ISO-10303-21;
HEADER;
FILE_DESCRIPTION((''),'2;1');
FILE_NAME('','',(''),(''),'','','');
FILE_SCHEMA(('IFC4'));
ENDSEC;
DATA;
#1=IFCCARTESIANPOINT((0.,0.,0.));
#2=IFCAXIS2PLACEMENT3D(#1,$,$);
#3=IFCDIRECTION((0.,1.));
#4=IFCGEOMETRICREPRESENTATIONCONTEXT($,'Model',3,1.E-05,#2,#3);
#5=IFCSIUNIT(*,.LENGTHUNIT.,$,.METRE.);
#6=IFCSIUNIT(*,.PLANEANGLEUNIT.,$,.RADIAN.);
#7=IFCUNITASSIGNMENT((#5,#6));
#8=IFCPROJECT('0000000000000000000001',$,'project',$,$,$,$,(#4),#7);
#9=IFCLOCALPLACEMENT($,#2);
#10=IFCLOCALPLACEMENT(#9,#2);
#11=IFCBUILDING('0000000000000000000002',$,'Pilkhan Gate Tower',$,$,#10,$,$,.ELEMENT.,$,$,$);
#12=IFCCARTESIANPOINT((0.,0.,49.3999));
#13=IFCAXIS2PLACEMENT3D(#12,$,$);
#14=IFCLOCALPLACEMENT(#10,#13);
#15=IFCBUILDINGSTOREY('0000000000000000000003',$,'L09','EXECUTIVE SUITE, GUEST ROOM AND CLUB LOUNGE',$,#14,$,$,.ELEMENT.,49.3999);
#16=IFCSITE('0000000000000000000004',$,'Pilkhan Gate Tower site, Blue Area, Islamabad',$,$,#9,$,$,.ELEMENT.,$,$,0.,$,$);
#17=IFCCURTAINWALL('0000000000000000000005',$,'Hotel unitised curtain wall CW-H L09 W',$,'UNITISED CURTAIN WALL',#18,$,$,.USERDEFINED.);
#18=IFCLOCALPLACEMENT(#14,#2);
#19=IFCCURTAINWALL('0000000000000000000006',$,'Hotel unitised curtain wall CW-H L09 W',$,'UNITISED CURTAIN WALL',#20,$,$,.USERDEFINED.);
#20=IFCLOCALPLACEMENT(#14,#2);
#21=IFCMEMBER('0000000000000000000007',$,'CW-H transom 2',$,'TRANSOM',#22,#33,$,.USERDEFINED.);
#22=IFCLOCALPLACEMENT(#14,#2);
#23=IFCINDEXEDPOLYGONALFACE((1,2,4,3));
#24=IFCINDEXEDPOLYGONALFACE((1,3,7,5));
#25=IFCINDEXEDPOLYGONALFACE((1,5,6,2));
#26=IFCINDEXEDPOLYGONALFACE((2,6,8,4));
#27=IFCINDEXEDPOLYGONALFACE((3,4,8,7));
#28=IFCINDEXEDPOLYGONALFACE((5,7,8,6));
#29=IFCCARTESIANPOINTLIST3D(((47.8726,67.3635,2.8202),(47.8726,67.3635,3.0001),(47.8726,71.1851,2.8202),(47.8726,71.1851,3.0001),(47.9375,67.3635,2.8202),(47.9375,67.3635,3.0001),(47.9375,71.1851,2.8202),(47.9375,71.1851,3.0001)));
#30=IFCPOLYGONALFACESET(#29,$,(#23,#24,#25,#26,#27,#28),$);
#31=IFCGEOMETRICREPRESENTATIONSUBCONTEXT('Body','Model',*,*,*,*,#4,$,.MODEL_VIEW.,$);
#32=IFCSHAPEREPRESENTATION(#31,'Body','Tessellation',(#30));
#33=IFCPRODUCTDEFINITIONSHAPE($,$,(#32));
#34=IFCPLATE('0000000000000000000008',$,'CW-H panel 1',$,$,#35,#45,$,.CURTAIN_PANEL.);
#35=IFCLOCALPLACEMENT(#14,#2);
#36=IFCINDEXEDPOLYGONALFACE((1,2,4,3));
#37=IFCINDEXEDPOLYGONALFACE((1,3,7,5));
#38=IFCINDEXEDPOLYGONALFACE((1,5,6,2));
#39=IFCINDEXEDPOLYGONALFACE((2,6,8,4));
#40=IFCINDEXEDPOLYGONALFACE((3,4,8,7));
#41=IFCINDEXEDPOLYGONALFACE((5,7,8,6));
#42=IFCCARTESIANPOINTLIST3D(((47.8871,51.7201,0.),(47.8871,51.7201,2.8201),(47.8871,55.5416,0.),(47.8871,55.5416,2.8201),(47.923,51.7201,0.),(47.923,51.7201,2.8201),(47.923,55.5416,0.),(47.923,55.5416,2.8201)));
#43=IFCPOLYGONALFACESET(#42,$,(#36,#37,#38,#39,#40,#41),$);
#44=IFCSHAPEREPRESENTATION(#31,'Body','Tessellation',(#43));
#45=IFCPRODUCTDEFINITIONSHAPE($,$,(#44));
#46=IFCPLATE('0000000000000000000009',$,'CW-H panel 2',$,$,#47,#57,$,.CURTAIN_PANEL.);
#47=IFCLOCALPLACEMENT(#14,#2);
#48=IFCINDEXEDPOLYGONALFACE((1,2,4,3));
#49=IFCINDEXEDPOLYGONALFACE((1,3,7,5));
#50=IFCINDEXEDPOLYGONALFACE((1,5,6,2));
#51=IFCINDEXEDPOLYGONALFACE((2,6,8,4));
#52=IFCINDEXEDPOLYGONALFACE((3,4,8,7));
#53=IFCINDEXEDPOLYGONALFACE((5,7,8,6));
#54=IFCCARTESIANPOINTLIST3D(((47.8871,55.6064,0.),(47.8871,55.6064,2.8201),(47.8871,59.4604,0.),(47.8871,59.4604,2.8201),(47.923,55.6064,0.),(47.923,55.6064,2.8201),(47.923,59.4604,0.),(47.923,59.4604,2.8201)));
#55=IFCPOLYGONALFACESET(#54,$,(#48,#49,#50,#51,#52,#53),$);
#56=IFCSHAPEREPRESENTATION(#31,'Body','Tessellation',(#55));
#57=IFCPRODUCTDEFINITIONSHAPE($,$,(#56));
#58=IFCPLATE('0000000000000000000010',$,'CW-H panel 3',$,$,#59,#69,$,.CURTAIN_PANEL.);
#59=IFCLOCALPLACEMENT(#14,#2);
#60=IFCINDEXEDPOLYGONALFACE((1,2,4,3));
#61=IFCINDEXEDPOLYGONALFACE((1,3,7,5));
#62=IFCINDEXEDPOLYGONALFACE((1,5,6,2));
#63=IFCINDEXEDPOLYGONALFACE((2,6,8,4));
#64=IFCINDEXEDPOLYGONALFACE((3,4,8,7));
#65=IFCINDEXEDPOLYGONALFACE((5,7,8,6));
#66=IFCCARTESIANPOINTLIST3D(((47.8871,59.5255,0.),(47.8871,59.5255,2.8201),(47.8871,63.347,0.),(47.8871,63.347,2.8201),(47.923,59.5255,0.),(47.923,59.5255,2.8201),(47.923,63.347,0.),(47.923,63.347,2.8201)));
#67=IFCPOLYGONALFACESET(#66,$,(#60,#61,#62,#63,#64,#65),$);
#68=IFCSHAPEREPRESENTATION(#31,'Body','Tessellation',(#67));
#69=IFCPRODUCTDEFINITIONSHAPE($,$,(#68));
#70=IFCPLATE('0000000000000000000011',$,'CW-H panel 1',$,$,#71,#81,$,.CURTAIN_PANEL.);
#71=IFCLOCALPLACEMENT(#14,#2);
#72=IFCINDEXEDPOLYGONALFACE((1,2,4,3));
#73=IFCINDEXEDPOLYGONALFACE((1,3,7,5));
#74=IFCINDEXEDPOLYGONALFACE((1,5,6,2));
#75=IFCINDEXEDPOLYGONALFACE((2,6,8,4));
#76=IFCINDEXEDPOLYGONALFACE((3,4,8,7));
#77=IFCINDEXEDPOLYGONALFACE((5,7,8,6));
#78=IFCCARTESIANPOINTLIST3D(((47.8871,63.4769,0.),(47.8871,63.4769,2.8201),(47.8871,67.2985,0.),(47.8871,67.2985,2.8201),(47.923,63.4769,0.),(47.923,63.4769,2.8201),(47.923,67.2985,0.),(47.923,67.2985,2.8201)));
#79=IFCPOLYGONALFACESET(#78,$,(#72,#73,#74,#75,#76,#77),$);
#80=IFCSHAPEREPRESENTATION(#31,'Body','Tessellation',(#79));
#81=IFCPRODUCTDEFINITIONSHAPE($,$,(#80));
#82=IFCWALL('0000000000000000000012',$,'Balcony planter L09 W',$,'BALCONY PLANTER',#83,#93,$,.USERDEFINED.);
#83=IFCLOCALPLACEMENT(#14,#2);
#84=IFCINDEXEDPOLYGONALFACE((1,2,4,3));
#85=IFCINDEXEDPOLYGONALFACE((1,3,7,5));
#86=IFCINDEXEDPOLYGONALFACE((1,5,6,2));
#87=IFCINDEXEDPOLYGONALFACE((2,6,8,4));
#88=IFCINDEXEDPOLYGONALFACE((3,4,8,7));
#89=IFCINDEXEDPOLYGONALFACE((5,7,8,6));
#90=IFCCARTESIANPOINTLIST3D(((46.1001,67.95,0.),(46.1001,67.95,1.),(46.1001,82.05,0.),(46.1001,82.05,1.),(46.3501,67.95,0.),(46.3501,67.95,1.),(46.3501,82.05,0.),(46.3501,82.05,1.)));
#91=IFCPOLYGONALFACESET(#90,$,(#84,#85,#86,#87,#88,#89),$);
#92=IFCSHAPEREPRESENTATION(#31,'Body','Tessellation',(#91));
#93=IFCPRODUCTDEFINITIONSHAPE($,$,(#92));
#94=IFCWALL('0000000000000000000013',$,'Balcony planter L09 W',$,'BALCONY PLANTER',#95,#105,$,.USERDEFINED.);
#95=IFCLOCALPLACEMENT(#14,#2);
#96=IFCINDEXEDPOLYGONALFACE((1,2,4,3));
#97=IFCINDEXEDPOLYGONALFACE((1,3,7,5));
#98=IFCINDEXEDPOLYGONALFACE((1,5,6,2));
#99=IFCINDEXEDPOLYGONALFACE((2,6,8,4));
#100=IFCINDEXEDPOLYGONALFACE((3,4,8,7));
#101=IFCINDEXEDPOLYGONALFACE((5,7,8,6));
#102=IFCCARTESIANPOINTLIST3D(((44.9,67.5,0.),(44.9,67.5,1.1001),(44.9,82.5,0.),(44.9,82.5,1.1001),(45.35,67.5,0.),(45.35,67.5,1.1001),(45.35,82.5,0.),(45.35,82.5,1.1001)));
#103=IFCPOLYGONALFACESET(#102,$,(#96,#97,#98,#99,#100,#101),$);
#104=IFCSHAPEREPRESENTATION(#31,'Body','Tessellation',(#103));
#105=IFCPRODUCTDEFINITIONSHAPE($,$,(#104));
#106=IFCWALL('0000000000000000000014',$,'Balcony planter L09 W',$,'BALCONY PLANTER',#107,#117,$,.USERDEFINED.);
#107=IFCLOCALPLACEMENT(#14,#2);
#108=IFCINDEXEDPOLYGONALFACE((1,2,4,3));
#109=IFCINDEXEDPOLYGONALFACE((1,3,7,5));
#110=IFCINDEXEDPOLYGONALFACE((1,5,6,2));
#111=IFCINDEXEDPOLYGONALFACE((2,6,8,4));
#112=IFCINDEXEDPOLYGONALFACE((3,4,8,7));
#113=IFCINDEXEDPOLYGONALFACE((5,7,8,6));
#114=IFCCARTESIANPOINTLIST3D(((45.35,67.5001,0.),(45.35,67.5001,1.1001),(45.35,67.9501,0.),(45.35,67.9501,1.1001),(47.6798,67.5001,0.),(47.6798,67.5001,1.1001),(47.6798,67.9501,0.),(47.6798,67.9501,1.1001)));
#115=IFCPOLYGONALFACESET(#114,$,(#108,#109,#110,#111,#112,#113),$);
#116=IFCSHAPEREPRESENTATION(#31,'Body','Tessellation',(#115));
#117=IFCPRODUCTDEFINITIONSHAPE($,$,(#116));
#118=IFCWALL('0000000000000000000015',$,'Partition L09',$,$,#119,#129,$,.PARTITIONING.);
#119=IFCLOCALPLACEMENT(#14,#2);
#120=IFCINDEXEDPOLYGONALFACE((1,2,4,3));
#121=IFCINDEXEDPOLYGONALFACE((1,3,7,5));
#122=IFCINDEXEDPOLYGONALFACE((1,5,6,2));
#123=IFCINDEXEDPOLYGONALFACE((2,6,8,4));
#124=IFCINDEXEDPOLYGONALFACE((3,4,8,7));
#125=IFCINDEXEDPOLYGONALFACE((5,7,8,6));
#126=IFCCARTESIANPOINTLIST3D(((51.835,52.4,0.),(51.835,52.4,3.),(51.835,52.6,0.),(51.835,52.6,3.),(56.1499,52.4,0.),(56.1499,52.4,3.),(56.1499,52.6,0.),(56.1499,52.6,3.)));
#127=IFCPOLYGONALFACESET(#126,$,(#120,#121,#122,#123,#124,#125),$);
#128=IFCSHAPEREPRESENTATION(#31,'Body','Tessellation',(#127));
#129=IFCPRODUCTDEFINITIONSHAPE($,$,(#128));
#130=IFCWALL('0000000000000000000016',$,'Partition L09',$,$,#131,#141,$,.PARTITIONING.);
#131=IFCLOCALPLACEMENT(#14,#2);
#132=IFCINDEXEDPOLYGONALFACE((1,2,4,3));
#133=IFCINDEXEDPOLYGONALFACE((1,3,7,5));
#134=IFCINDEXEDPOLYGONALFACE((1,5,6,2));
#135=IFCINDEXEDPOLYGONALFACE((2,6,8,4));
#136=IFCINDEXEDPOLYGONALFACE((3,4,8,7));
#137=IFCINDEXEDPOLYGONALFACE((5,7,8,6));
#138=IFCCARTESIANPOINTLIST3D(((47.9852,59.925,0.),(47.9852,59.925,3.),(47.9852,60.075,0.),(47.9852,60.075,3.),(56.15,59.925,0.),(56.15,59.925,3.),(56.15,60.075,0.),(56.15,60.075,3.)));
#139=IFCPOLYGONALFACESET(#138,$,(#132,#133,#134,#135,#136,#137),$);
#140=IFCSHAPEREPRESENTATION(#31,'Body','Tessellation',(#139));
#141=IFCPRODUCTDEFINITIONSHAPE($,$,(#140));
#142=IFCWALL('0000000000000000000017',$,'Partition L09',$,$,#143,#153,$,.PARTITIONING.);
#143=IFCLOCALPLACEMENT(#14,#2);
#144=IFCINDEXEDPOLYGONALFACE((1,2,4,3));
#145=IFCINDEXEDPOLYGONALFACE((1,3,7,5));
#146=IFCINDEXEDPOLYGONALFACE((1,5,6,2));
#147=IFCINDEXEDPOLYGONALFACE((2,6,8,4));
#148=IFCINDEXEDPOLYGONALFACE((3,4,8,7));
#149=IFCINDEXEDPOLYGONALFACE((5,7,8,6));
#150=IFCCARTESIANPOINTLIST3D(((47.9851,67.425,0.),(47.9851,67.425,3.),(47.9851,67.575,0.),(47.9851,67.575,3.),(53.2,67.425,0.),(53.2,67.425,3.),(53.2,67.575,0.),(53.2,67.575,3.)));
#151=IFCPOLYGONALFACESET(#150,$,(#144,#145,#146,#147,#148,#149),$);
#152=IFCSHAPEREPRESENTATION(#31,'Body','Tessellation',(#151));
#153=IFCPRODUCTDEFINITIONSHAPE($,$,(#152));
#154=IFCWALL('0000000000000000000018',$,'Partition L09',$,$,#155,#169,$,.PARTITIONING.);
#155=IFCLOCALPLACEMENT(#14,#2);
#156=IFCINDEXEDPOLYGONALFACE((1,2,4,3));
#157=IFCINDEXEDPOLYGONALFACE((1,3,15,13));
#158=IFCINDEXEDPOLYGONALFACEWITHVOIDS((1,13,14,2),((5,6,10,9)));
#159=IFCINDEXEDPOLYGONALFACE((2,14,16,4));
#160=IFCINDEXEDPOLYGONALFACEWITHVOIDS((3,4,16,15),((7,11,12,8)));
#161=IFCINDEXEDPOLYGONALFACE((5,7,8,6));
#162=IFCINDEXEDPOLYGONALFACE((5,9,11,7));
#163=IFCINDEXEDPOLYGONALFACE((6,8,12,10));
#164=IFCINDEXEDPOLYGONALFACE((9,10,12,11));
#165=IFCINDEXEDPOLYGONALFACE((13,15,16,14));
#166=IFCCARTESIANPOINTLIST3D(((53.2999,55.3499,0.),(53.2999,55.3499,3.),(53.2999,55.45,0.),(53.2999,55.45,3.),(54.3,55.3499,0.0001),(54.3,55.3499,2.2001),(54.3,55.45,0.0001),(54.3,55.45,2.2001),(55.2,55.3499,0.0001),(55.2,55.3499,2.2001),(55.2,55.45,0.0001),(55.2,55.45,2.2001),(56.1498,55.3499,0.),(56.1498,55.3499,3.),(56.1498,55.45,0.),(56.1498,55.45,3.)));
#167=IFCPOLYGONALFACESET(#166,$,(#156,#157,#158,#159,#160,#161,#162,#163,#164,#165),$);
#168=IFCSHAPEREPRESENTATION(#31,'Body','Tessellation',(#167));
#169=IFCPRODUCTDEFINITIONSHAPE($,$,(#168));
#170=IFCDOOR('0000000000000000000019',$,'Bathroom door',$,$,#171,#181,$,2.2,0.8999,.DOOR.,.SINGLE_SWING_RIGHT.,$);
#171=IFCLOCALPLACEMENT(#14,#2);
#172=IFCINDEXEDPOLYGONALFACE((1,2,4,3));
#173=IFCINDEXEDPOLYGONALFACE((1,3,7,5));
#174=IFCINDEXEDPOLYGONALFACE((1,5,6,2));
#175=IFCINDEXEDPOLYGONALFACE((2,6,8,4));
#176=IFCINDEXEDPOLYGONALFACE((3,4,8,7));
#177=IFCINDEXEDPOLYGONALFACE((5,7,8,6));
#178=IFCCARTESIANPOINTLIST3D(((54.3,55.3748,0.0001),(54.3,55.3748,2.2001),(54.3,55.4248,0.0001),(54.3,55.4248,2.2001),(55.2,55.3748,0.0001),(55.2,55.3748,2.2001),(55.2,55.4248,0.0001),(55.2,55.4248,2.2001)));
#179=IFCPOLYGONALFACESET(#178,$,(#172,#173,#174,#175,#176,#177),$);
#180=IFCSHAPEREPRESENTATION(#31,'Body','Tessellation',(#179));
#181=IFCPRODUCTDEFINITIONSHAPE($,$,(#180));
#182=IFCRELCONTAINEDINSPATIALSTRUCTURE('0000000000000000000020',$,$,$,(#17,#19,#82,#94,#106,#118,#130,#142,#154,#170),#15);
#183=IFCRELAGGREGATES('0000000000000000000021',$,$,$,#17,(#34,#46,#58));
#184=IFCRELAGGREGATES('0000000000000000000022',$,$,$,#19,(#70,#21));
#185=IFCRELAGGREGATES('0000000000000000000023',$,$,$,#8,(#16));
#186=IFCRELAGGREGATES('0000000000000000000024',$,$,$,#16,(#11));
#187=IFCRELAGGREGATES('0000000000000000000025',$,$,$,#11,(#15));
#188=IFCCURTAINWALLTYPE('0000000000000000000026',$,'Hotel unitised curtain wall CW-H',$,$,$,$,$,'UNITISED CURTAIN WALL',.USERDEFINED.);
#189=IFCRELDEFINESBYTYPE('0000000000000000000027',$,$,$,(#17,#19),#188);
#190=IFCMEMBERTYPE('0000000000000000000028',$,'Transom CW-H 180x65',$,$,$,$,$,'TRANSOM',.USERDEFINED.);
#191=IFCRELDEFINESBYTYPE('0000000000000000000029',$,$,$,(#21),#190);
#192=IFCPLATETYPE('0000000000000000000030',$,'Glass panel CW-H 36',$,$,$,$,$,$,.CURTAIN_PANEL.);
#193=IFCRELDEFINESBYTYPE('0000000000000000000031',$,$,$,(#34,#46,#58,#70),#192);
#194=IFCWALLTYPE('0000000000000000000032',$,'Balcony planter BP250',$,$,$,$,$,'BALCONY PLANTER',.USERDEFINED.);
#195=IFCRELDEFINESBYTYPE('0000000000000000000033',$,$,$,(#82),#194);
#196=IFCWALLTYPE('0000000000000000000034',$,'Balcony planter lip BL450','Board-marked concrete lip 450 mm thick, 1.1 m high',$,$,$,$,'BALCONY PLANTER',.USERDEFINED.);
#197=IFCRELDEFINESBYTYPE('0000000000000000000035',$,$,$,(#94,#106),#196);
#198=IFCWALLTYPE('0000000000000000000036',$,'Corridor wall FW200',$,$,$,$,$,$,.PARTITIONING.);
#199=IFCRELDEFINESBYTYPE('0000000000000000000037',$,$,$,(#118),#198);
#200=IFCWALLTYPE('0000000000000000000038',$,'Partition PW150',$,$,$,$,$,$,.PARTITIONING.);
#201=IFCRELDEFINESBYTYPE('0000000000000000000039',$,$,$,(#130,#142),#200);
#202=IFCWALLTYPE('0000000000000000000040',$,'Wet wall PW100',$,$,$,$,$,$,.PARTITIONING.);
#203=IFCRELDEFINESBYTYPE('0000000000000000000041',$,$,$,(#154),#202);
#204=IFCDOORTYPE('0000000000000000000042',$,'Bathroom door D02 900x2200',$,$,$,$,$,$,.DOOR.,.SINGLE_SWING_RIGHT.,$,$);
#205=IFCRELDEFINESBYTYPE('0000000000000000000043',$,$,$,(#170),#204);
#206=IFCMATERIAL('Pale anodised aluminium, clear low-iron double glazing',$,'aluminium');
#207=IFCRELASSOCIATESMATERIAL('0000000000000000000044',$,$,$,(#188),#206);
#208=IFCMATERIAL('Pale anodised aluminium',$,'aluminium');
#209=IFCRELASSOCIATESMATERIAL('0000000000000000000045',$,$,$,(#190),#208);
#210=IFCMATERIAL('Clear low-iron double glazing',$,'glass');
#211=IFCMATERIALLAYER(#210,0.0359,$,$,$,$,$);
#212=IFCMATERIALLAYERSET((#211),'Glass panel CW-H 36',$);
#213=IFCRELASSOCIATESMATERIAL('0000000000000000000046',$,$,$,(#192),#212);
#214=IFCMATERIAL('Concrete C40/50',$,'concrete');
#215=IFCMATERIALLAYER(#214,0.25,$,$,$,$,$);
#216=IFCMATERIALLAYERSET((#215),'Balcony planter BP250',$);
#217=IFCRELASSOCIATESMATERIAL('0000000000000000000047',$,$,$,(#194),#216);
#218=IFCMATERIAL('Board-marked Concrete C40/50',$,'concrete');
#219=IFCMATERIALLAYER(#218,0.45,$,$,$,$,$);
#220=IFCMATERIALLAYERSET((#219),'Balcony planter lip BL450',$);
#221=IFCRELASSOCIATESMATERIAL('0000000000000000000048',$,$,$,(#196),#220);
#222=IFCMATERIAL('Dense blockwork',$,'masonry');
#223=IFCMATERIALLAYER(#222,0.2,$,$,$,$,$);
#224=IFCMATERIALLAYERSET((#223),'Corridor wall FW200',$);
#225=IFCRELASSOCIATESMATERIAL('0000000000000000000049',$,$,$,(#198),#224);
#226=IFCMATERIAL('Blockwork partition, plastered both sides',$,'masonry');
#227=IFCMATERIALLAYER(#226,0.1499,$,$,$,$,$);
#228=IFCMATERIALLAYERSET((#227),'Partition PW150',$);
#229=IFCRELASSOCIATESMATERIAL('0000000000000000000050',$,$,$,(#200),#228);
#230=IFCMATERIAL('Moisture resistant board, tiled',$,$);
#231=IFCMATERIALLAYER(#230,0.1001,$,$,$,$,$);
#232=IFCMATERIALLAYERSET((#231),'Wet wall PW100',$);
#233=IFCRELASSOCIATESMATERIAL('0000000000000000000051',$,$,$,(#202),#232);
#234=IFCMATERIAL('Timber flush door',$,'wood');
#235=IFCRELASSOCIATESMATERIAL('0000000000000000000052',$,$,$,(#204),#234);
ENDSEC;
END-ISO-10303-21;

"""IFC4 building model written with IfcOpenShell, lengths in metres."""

from ifc_helpers import new_model, si_unit, direction, frame, frame_2d, origin, origin_2d, place, context, subcontext, project, spatial, rectangle, extrude, material, layer, layer_set, material_profile, profile_set, type_object, element, fill, aggregate, save


model = new_model("IFC4")

# Units and contexts
model_context = context("Model", 3, precision=1e-05, world=origin(), true_north=direction((0.0, 1.0)))
body_context = subcontext(model_context, "Body", "Model", "MODEL_VIEW")
ifc_project = project(units=[si_unit("LENGTHUNIT", "METRE"), si_unit("PLANEANGLEUNIT", "RADIAN")], contexts=[model_context])

# Site, building, storey
site_placement = place(None, origin())
site = spatial("IfcSite", under=ifc_project, at=site_placement, Name="Pilkhan Gate Tower site, Blue Area, Islamabad", CompositionType="ELEMENT", RefElevation=0.0)
building_placement = place(site_placement, origin())
building = spatial("IfcBuilding", under=site, at=building_placement, Name="Pilkhan Gate Tower", CompositionType="ELEMENT")
storey_placement = place(building_placement, frame((0.0, 0.0, 49.3999)))
storey = spatial("IfcBuildingStorey", under=building, at=storey_placement, Name="L09", Description="EXECUTIVE SUITE, GUEST ROOM AND CLUB LOUNGE", CompositionType="ELEMENT", Elevation=49.3999)

# Curtain walls
ifc_material_1 = material(Name="Pale anodised aluminium, clear low-iron double glazing", Category="aluminium")
curtain_wall_type = type_object("IfcCurtainWallType", Name="Hotel unitised curtain wall CW-H", ElementType="UNITISED CURTAIN WALL", PredefinedType="USERDEFINED", material=ifc_material_1)
curtain_wall_1_placement = place(storey_placement, origin())
curtain_wall_1 = element("IfcCurtainWall", 1, at=curtain_wall_1_placement, inside=storey, type_object=curtain_wall_type, Name="Hotel unitised curtain wall CW-H L09 W", ObjectType="UNITISED CURTAIN WALL", PredefinedType="USERDEFINED")
ifc_material_2 = material(Name="Pale anodised aluminium", Category="aluminium")
curtain_wall_2_placement = place(storey_placement, origin())
curtain_wall_2 = element("IfcCurtainWall", 2, at=curtain_wall_2_placement, inside=storey, type_object=curtain_wall_type, Name="Hotel unitised curtain wall CW-H L09 W", ObjectType="UNITISED CURTAIN WALL", PredefinedType="USERDEFINED")

# Member
ifc_material_profile_1 = material_profile(ifc_material_2, rectangle(XDim=0.0649, YDim=0.1799, at=origin_2d()), Name="Transom 180x65")
ifc_profile_set_1 = profile_set([ifc_material_profile_1], Name="Pale anodised aluminium")
member_type_1 = type_object("IfcMemberType", Name="Transom CW-H 180x65", ElementType="TRANSOM", PredefinedType="USERDEFINED", material=ifc_profile_set_1)
member_1_placement = place(storey_placement, frame((47.905, 67.3635, 2.9102), z_axis=(0.0, 1.0, 0.0), x_axis=(-1.0, 0.0, 0.0)))
member_1 = element("IfcMember", 3, at=member_1_placement, type_object=member_type_1, Name="CW-H transom 2", ObjectType="TRANSOM", PredefinedType="USERDEFINED", context=body_context, shape_type="SweptSolid", body=[
    extrude(rectangle(XDim=0.0649, YDim=0.1799, at=origin_2d()), origin(), (0.0, 0.0, 1.0), 3.8215),
])

# Plates
ifc_material_3 = material(Name="Clear low-iron double glazing", Category="glass")
ifc_layer_1 = layer(ifc_material_3, 0.0359)
ifc_layer_set_1 = layer_set([ifc_layer_1], Name="Glass panel CW-H 36")
plate_type = type_object("IfcPlateType", Name="Glass panel CW-H 36", PredefinedType="CURTAIN_PANEL", material=ifc_layer_set_1)
plate_1_placement = place(storey_placement, frame((47.905, 53.6309, 0.0), z_axis=(0.0, 0.0, 1.0), x_axis=(0.0, 1.0, 0.0)))
plate_1 = element("IfcPlate", 4, at=plate_1_placement, type_object=plate_type, Name="CW-H panel 1", PredefinedType="CURTAIN_PANEL", context=body_context, shape_type="SweptSolid", body=[
    extrude(rectangle(XDim=3.8215, YDim=0.0359, at=origin_2d()), origin(), (0.0, 0.0, 1.0), 2.8201),
])
plate_2_placement = place(storey_placement, frame((47.905, 57.5334, 0.0), z_axis=(0.0, 0.0, 1.0), x_axis=(0.0, 1.0, 0.0)))
plate_2 = element("IfcPlate", 5, at=plate_2_placement, type_object=plate_type, Name="CW-H panel 2", PredefinedType="CURTAIN_PANEL", context=body_context, shape_type="SweptSolid", body=[
    extrude(rectangle(XDim=3.854, YDim=0.0359, at=origin_2d()), origin(), (0.0, 0.0, 1.0), 2.8201),
])
plate_3_placement = place(storey_placement, frame((47.905, 61.4363, 0.0), z_axis=(0.0, 0.0, 1.0), x_axis=(0.0, 1.0, 0.0)))
plate_3 = element("IfcPlate", 6, at=plate_3_placement, type_object=plate_type, Name="CW-H panel 3", PredefinedType="CURTAIN_PANEL", context=body_context, shape_type="SweptSolid", body=[
    extrude(rectangle(XDim=3.8215, YDim=0.0359, at=origin_2d()), origin(), (0.0, 0.0, 1.0), 2.8201),
])
aggregate(curtain_wall_1, [plate_1, plate_2, plate_3])
plate_4_placement = place(storey_placement, frame((47.905, 65.3877, 0.0), z_axis=(0.0, 0.0, 1.0), x_axis=(0.0, 1.0, 0.0)))
plate_4 = element("IfcPlate", 7, at=plate_4_placement, type_object=plate_type, Name="CW-H panel 1", PredefinedType="CURTAIN_PANEL", context=body_context, shape_type="SweptSolid", body=[
    extrude(rectangle(XDim=3.8215, YDim=0.0359, at=origin_2d()), origin(), (0.0, 0.0, 1.0), 2.8201),
])
aggregate(curtain_wall_2, [plate_4, member_1])

# Walls
ifc_material_4 = material(Name="Concrete C40/50", Category="concrete")
ifc_layer_2 = layer(ifc_material_4, 0.25)
ifc_layer_set_2 = layer_set([ifc_layer_2], Name="Balcony planter BP250")
wall_type_1 = type_object("IfcWallType", Name="Balcony planter BP250", ElementType="BALCONY PLANTER", PredefinedType="USERDEFINED", material=ifc_layer_set_2)
wall_1_placement = place(storey_placement, frame((46.2251, 67.95, 0.0), z_axis=(0.0, 0.0, 1.0), x_axis=(0.0, 1.0, 0.0)))
element("IfcWall", 8, at=wall_1_placement, inside=storey, type_object=wall_type_1, Name="Balcony planter L09 W", ObjectType="BALCONY PLANTER", PredefinedType="USERDEFINED", context=body_context, shape_type="SweptSolid", body=[
    extrude(rectangle(XDim=14.1001, YDim=0.25, at=frame_2d((7.05, 0.0))), origin(), (0.0, 0.0, 1.0), 1.0),
])
ifc_material_5 = material(Name="Board-marked Concrete C40/50", Category="concrete")
ifc_layer_3 = layer(ifc_material_5, 0.45)
ifc_layer_set_3 = layer_set([ifc_layer_3], Name="Balcony planter lip BL450")
wall_type_2 = type_object("IfcWallType", Name="Balcony planter lip BL450", Description="Board-marked concrete lip 450 mm thick, 1.1 m high", ElementType="BALCONY PLANTER", PredefinedType="USERDEFINED", material=ifc_layer_set_3)
wall_2_placement = place(storey_placement, frame((45.125, 67.5, 0.0), z_axis=(0.0, 0.0, 1.0), x_axis=(0.0, 1.0, 0.0)))
element("IfcWall", 9, at=wall_2_placement, inside=storey, type_object=wall_type_2, Name="Balcony planter L09 W", ObjectType="BALCONY PLANTER", PredefinedType="USERDEFINED", context=body_context, shape_type="SweptSolid", body=[
    extrude(rectangle(XDim=15.0, YDim=0.45, at=frame_2d((7.5, 0.0))), origin(), (0.0, 0.0, 1.0), 1.1001),
])
wall_3_placement = place(storey_placement, frame((47.6799, 67.7251, 0.0), z_axis=(0.0, 0.0, 1.0), x_axis=(-1.0, 0.0, 0.0)))
element("IfcWall", 10, at=wall_3_placement, inside=storey, type_object=wall_type_2, Name="Balcony planter L09 W", ObjectType="BALCONY PLANTER", PredefinedType="USERDEFINED", context=body_context, shape_type="SweptSolid", body=[
    extrude(rectangle(XDim=2.3298, YDim=0.45, at=frame_2d((1.165, 0.0))), origin(), (0.0, 0.0, 1.0), 1.1001),
])
ifc_material_6 = material(Name="Dense blockwork", Category="masonry")
ifc_layer_4 = layer(ifc_material_6, 0.2)
ifc_layer_set_4 = layer_set([ifc_layer_4], Name="Corridor wall FW200")
wall_type_3 = type_object("IfcWallType", Name="Corridor wall FW200", PredefinedType="PARTITIONING", material=ifc_layer_set_4)
wall_4_placement = place(storey_placement, frame((51.835, 52.5, 0.0), z_axis=(0.0, 0.0, 1.0), x_axis=(1.0, 0.0, 0.0)))
element("IfcWall", 11, at=wall_4_placement, inside=storey, type_object=wall_type_3, Name="Partition L09", PredefinedType="PARTITIONING", context=body_context, shape_type="SweptSolid", body=[
    extrude(rectangle(XDim=4.3149, YDim=0.2, at=frame_2d((2.1575, 0.0))), origin(), (0.0, 0.0, 1.0), 3.0),
])
ifc_material_7 = material(Name="Blockwork partition, plastered both sides", Category="masonry")
ifc_layer_5 = layer(ifc_material_7, 0.1499)
ifc_layer_set_5 = layer_set([ifc_layer_5], Name="Partition PW150")
wall_type_4 = type_object("IfcWallType", Name="Partition PW150", PredefinedType="PARTITIONING", material=ifc_layer_set_5)
wall_5_placement = place(storey_placement, frame((47.9851, 60.0, 0.0), z_axis=(0.0, 0.0, 1.0), x_axis=(1.0, 0.0, 0.0)))
element("IfcWall", 12, at=wall_5_placement, inside=storey, type_object=wall_type_4, Name="Partition L09", PredefinedType="PARTITIONING", context=body_context, shape_type="SweptSolid", body=[
    extrude(rectangle(XDim=8.1648, YDim=0.1499, at=frame_2d((4.0825, 0.0))), origin(), (0.0, 0.0, 1.0), 3.0),
])
wall_6_placement = place(storey_placement, frame((47.9851, 67.5, 0.0), z_axis=(0.0, 0.0, 1.0), x_axis=(1.0, 0.0, 0.0)))
element("IfcWall", 13, at=wall_6_placement, inside=storey, type_object=wall_type_4, Name="Partition L09", PredefinedType="PARTITIONING", context=body_context, shape_type="SweptSolid", body=[
    extrude(rectangle(XDim=5.2148, YDim=0.1499, at=frame_2d((2.6074, 0.0))), origin(), (0.0, 0.0, 1.0), 3.0),
])

# Wall, opening, door
ifc_material_8 = material(Name="Moisture resistant board, tiled")
ifc_layer_6 = layer(ifc_material_8, 0.1001)
ifc_layer_set_6 = layer_set([ifc_layer_6], Name="Wet wall PW100")
wall_type_5 = type_object("IfcWallType", Name="Wet wall PW100", PredefinedType="PARTITIONING", material=ifc_layer_set_6)
wall_7_placement = place(storey_placement, frame((53.3, 55.3999, 0.0), z_axis=(0.0, 0.0, 1.0), x_axis=(1.0, 0.0, 0.0)))
wall_7 = element("IfcWall", 14, at=wall_7_placement, inside=storey, type_object=wall_type_5, Name="Partition L09", PredefinedType="PARTITIONING", context=body_context, shape_type="SweptSolid", body=[
    extrude(rectangle(XDim=2.8499, YDim=0.1001, at=frame_2d((1.4248, 0.0))), origin(), (0.0, 0.0, 1.0), 3.0),
])
opening_1_placement = place(wall_7_placement, frame((1.0, 0.0, 0.0)))
opening_1 = element("IfcOpeningElement", 15, at=opening_1_placement, cuts=wall_7, PredefinedType="OPENING", context=body_context, shape_type="SweptSolid", body=[
    extrude(rectangle(XDim=0.8999, YDim=2.2, at=frame_2d((0.45, 1.1001))), frame((0.0, 0.0601, 0.0), z_axis=(0.0, -1.0, 0.0), x_axis=(1.0, 0.0, 0.0)), (0.0, 0.0, 1.0), 0.1201),
])
ifc_material_9 = material(Name="Timber flush door", Category="wood")
door_type = type_object("IfcDoorType", Name="Bathroom door D02 900x2200", OperationType="SINGLE_SWING_RIGHT", PredefinedType="DOOR", material=ifc_material_9)
door_1_placement = place(opening_1_placement, origin())
door_1 = element("IfcDoor", 16, at=door_1_placement, inside=storey, type_object=door_type, Name="Bathroom door", OperationType="SINGLE_SWING_RIGHT", OverallHeight=2.2, OverallWidth=0.8999, PredefinedType="DOOR", context=body_context, shape_type="SweptSolid", body=[
    extrude(rectangle(XDim=0.8999, YDim=2.2, at=frame_2d((0.45, 1.1001))), frame((0.0, 0.0249, 0.0), z_axis=(0.0, -1.0, 0.0), x_axis=(1.0, 0.0, 0.0)), (0.0, 0.0, 1.0), 0.05),
])
fill(opening_1, door_1)

save(model, "model.ifc")
